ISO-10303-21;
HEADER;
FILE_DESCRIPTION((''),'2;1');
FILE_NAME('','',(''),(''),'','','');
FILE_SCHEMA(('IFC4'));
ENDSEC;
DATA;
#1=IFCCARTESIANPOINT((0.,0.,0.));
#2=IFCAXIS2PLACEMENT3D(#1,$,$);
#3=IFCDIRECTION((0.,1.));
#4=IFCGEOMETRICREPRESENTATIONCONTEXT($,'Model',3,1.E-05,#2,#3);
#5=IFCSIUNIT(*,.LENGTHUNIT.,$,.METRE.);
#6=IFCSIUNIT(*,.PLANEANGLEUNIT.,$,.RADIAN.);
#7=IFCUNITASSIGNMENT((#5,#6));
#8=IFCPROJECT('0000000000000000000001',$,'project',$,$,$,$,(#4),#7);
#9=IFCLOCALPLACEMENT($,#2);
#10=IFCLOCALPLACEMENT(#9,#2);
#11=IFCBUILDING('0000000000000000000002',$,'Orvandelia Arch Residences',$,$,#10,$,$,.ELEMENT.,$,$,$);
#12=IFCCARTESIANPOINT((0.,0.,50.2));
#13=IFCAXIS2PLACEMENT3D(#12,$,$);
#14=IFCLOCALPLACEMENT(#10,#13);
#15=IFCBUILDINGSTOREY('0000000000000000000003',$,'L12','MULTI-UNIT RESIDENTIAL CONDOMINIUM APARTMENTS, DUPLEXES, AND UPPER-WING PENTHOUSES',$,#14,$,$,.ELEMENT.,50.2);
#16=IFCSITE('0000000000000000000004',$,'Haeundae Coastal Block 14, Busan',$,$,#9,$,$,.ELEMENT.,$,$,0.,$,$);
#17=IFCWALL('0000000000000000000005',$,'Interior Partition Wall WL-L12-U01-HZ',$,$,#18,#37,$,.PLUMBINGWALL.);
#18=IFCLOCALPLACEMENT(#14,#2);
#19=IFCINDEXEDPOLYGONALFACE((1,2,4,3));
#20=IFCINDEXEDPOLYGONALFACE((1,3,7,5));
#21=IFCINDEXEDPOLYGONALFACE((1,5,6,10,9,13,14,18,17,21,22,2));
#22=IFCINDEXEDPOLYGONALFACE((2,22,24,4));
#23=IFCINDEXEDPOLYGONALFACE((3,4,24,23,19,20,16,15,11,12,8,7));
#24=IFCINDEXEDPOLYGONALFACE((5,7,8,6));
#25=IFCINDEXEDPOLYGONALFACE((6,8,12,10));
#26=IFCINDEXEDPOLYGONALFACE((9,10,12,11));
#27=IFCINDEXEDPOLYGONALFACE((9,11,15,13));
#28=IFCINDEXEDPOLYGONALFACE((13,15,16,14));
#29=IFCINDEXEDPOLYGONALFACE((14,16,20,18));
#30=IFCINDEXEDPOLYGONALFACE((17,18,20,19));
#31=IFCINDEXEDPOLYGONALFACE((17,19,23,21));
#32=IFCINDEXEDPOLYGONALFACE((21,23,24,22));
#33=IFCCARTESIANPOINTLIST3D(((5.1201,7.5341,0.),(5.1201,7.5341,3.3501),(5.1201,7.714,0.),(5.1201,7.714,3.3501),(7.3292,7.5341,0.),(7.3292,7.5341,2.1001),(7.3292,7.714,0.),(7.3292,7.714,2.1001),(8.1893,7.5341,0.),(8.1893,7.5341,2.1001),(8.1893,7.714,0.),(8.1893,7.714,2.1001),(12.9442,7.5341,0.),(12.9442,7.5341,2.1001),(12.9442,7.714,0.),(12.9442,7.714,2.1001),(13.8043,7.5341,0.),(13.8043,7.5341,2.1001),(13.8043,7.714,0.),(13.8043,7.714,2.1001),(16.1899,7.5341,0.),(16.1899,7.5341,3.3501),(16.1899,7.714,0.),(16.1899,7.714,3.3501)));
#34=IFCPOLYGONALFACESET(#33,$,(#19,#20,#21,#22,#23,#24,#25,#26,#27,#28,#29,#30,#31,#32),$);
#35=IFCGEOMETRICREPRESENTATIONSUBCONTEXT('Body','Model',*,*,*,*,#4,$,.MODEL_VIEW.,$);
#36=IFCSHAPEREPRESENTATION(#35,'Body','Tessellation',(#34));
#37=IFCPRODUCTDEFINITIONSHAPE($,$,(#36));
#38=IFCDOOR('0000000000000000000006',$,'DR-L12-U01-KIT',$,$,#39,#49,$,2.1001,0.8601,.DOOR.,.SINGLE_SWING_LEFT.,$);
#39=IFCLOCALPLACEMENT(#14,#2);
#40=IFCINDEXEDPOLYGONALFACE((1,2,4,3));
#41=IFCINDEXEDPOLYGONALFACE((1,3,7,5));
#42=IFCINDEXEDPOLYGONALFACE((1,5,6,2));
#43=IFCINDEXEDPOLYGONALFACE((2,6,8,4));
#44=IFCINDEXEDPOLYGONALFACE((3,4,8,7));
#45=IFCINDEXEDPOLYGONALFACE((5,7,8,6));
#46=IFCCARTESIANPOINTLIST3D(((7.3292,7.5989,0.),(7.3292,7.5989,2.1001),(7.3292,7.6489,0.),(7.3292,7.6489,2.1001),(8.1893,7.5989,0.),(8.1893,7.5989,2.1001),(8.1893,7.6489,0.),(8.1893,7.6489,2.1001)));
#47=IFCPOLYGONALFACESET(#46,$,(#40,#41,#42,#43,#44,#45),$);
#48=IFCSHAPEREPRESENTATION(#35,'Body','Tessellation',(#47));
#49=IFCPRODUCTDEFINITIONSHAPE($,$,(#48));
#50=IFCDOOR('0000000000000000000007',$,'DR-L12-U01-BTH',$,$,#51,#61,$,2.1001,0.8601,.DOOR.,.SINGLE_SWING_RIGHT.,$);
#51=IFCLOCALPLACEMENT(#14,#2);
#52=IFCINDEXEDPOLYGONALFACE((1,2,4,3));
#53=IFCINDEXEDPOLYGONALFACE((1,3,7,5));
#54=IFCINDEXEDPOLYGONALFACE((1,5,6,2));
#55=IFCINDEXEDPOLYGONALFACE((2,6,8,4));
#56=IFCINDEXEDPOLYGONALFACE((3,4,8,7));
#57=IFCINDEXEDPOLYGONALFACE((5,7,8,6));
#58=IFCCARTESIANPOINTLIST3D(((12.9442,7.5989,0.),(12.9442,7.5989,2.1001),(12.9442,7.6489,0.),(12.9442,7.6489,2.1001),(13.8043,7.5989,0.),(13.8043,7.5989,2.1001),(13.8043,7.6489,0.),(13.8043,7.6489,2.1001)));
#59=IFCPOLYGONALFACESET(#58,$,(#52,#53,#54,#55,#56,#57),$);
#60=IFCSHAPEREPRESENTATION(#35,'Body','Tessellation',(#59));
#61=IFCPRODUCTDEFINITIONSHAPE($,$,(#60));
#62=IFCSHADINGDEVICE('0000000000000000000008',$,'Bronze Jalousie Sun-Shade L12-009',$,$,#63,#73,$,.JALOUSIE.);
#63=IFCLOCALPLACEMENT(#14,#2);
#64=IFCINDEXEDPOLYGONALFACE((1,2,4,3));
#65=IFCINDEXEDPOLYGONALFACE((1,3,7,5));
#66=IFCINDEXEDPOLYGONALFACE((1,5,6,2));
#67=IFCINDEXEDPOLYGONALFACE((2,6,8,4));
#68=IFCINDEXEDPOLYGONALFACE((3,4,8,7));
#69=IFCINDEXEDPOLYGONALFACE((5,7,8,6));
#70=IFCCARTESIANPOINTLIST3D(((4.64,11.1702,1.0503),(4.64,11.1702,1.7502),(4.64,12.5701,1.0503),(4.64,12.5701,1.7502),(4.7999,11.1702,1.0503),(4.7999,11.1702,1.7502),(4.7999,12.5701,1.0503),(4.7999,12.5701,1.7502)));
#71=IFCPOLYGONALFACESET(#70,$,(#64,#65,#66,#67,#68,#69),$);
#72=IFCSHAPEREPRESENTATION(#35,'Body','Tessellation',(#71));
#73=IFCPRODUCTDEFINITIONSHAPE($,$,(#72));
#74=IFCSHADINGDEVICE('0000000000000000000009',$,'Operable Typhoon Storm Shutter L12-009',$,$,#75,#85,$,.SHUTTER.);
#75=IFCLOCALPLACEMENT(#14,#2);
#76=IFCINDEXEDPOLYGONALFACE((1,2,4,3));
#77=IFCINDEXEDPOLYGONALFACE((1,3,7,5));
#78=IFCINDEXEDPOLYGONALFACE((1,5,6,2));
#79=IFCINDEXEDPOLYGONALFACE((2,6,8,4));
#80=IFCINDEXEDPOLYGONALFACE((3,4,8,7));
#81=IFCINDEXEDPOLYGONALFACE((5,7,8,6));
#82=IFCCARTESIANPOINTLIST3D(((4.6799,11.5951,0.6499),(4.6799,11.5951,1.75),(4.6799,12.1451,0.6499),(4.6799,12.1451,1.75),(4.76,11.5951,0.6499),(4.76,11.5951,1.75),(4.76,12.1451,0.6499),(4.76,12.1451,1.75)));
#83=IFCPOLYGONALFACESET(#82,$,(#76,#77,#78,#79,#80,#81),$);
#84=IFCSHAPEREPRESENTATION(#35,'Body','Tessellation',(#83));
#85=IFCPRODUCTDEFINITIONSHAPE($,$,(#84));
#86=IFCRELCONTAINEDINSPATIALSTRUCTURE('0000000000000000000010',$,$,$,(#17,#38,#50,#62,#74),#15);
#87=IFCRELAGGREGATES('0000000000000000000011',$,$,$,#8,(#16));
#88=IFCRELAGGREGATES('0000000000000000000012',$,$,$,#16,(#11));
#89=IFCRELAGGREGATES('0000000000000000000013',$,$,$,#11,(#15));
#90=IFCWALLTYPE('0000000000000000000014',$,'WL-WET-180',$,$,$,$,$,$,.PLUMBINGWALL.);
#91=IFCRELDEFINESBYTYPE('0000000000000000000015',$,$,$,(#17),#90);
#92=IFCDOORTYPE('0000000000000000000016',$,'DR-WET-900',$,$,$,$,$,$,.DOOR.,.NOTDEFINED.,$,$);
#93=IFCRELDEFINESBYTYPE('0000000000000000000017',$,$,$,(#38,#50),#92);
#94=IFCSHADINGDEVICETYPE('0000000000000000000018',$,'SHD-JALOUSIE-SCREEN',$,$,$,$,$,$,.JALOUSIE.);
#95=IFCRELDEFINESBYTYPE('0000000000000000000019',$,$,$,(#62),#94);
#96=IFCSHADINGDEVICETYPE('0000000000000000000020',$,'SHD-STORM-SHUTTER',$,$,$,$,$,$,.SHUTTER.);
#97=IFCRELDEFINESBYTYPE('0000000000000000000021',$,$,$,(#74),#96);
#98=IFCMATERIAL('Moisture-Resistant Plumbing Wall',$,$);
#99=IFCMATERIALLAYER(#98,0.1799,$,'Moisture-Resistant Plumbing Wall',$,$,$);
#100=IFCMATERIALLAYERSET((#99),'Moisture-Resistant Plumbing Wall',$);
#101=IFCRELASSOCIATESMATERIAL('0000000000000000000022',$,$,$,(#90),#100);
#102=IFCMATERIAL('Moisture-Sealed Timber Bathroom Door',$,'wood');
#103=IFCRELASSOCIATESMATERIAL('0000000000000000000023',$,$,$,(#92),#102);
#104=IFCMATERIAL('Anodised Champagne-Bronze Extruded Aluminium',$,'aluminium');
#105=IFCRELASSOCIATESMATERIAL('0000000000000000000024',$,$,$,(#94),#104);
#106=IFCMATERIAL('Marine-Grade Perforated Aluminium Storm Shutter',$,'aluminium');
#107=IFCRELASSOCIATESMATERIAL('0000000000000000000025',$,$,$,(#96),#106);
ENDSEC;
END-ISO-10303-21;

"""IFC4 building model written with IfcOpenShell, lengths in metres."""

from ifc_helpers import new_model, si_unit, direction, frame, frame_2d, origin, origin_2d, place, context, subcontext, project, spatial, rectangle, extrude, material, layer, layer_set, type_object, element, fill, save


model = new_model("IFC4")

# Units and contexts
model_context = context("Model", 3, precision=1e-05, world=origin(), true_north=direction((0.0, 1.0)))
body_context = subcontext(model_context, "Body", "Model", "MODEL_VIEW")
ifc_project = project(units=[si_unit("LENGTHUNIT", "METRE"), si_unit("PLANEANGLEUNIT", "RADIAN")], contexts=[model_context])

# Site, building, storey
site_placement = place(None, origin())
site = spatial("IfcSite", under=ifc_project, at=site_placement, Name="Haeundae Coastal Block 14, Busan", CompositionType="ELEMENT", RefElevation=0.0)
building_placement = place(site_placement, origin())
building = spatial("IfcBuilding", under=site, at=building_placement, Name="Orvandelia Arch Residences", CompositionType="ELEMENT")
storey_placement = place(building_placement, frame((0.0, 0.0, 50.2)))
storey = spatial("IfcBuildingStorey", under=building, at=storey_placement, Name="L12", Description="MULTI-UNIT RESIDENTIAL CONDOMINIUM APARTMENTS, DUPLEXES, AND UPPER-WING PENTHOUSES", CompositionType="ELEMENT", Elevation=50.2)

# Wall, openings, doors
ifc_material_1 = material(Name="Moisture-Resistant Plumbing Wall")
ifc_layer_1 = layer(ifc_material_1, 0.1799, Name="Moisture-Resistant Plumbing Wall")
ifc_layer_set_1 = layer_set([ifc_layer_1], Name="Moisture-Resistant Plumbing Wall")
wall_type_1 = type_object("IfcWallType", Name="WL-WET-180", PredefinedType="PLUMBINGWALL", material=ifc_layer_set_1)
wall_1_placement = place(storey_placement, frame((5.1201, 7.624, 0.0), z_axis=(0.0, 0.0, 1.0), x_axis=(1.0, 0.0, 0.0)))
wall_1 = element("IfcWall", 1, at=wall_1_placement, inside=storey, type_object=wall_type_1, Name="Interior Partition Wall WL-L12-U01-HZ", PredefinedType="PLUMBINGWALL", context=body_context, shape_type="SweptSolid", body=[
    extrude(rectangle(XDim=11.0698, YDim=0.1799, at=frame_2d((5.5349, 0.0))), origin(), (0.0, 0.0, 1.0), 3.3501),
])
opening_1_placement = place(wall_1_placement, frame((2.209, 0.0, 0.0)))
opening_1 = element("IfcOpeningElement", 2, at=opening_1_placement, cuts=wall_1, PredefinedType="OPENING", context=body_context, shape_type="SweptSolid", body=[
    extrude(rectangle(XDim=0.8601, YDim=2.1001, at=frame_2d((0.4302, 1.05))), frame((0.0, 0.1001, 0.0), z_axis=(0.0, -1.0, 0.0), x_axis=(1.0, 0.0, 0.0)), (0.0, 0.0, 1.0), 0.2),
])
opening_2_placement = place(wall_1_placement, frame((7.824, 0.0, 0.0)))
opening_2 = element("IfcOpeningElement", 3, at=opening_2_placement, cuts=wall_1, PredefinedType="OPENING", context=body_context, shape_type="SweptSolid", body=[
    extrude(rectangle(XDim=0.8601, YDim=2.1001, at=frame_2d((0.4302, 1.05))), frame((0.0, 0.1001, 0.0), z_axis=(0.0, -1.0, 0.0), x_axis=(1.0, 0.0, 0.0)), (0.0, 0.0, 1.0), 0.2),
])
ifc_material_2 = material(Name="Moisture-Sealed Timber Bathroom Door", Category="wood")
door_type_1 = type_object("IfcDoorType", Name="DR-WET-900", OperationType="NOTDEFINED", PredefinedType="DOOR", material=ifc_material_2)
door_1_placement = place(opening_1_placement, origin())
door_1 = element("IfcDoor", 4, at=door_1_placement, inside=storey, type_object=door_type_1, Name="DR-L12-U01-KIT", OperationType="SINGLE_SWING_LEFT", OverallHeight=2.1001, OverallWidth=0.8601, PredefinedType="DOOR", context=body_context, shape_type="SweptSolid", body=[
    extrude(rectangle(XDim=0.8601, YDim=2.1001, at=frame_2d((0.4302, 1.05))), frame((0.0, 0.0249, 0.0), z_axis=(0.0, -1.0, 0.0), x_axis=(1.0, 0.0, 0.0)), (0.0, 0.0, 1.0), 0.05),
])
fill(opening_1, door_1)
door_2_placement = place(opening_2_placement, origin())
door_2 = element("IfcDoor", 5, at=door_2_placement, inside=storey, type_object=door_type_1, Name="DR-L12-U01-BTH", OperationType="SINGLE_SWING_RIGHT", OverallHeight=2.1001, OverallWidth=0.8601, PredefinedType="DOOR", context=body_context, shape_type="SweptSolid", body=[
    extrude(rectangle(XDim=0.8601, YDim=2.1001, at=frame_2d((0.4302, 1.05))), frame((0.0, 0.0249, 0.0), z_axis=(0.0, -1.0, 0.0), x_axis=(1.0, 0.0, 0.0)), (0.0, 0.0, 1.0), 0.05),
])
fill(opening_2, door_2)

# Shading devices
ifc_material_3 = material(Name="Anodised Champagne-Bronze Extruded Aluminium", Category="aluminium")
shading_device_type_1 = type_object("IfcShadingDeviceType", Name="SHD-JALOUSIE-SCREEN", PredefinedType="JALOUSIE", material=ifc_material_3)
shading_device_1_placement = place(storey_placement, frame((4.72, 11.8701, 1.0503), z_axis=(0.0, 0.0, 1.0), x_axis=(0.0, 1.0, 0.0)))
element("IfcShadingDevice", 6, at=shading_device_1_placement, inside=storey, type_object=shading_device_type_1, Name="Bronze Jalousie Sun-Shade L12-009", PredefinedType="JALOUSIE", context=body_context, shape_type="SweptSolid", body=[
    extrude(rectangle(XDim=1.3999, YDim=0.1599, at=origin_2d()), origin(), (0.0, 0.0, 1.0), 0.7),
])
ifc_material_4 = material(Name="Marine-Grade Perforated Aluminium Storm Shutter", Category="aluminium")
shading_device_type_2 = type_object("IfcShadingDeviceType", Name="SHD-STORM-SHUTTER", PredefinedType="SHUTTER", material=ifc_material_4)
shading_device_2_placement = place(storey_placement, frame((4.72, 11.8701, 0.6499), z_axis=(0.0, 0.0, 1.0), x_axis=(0.0, 1.0, 0.0)))
element("IfcShadingDevice", 7, at=shading_device_2_placement, inside=storey, type_object=shading_device_type_2, Name="Operable Typhoon Storm Shutter L12-009", PredefinedType="SHUTTER", context=body_context, shape_type="SweptSolid", body=[
    extrude(rectangle(XDim=0.55, YDim=0.0801, at=origin_2d()), origin(), (0.0, 0.0, 1.0), 1.1001),
])

save(model, "model.ifc")
